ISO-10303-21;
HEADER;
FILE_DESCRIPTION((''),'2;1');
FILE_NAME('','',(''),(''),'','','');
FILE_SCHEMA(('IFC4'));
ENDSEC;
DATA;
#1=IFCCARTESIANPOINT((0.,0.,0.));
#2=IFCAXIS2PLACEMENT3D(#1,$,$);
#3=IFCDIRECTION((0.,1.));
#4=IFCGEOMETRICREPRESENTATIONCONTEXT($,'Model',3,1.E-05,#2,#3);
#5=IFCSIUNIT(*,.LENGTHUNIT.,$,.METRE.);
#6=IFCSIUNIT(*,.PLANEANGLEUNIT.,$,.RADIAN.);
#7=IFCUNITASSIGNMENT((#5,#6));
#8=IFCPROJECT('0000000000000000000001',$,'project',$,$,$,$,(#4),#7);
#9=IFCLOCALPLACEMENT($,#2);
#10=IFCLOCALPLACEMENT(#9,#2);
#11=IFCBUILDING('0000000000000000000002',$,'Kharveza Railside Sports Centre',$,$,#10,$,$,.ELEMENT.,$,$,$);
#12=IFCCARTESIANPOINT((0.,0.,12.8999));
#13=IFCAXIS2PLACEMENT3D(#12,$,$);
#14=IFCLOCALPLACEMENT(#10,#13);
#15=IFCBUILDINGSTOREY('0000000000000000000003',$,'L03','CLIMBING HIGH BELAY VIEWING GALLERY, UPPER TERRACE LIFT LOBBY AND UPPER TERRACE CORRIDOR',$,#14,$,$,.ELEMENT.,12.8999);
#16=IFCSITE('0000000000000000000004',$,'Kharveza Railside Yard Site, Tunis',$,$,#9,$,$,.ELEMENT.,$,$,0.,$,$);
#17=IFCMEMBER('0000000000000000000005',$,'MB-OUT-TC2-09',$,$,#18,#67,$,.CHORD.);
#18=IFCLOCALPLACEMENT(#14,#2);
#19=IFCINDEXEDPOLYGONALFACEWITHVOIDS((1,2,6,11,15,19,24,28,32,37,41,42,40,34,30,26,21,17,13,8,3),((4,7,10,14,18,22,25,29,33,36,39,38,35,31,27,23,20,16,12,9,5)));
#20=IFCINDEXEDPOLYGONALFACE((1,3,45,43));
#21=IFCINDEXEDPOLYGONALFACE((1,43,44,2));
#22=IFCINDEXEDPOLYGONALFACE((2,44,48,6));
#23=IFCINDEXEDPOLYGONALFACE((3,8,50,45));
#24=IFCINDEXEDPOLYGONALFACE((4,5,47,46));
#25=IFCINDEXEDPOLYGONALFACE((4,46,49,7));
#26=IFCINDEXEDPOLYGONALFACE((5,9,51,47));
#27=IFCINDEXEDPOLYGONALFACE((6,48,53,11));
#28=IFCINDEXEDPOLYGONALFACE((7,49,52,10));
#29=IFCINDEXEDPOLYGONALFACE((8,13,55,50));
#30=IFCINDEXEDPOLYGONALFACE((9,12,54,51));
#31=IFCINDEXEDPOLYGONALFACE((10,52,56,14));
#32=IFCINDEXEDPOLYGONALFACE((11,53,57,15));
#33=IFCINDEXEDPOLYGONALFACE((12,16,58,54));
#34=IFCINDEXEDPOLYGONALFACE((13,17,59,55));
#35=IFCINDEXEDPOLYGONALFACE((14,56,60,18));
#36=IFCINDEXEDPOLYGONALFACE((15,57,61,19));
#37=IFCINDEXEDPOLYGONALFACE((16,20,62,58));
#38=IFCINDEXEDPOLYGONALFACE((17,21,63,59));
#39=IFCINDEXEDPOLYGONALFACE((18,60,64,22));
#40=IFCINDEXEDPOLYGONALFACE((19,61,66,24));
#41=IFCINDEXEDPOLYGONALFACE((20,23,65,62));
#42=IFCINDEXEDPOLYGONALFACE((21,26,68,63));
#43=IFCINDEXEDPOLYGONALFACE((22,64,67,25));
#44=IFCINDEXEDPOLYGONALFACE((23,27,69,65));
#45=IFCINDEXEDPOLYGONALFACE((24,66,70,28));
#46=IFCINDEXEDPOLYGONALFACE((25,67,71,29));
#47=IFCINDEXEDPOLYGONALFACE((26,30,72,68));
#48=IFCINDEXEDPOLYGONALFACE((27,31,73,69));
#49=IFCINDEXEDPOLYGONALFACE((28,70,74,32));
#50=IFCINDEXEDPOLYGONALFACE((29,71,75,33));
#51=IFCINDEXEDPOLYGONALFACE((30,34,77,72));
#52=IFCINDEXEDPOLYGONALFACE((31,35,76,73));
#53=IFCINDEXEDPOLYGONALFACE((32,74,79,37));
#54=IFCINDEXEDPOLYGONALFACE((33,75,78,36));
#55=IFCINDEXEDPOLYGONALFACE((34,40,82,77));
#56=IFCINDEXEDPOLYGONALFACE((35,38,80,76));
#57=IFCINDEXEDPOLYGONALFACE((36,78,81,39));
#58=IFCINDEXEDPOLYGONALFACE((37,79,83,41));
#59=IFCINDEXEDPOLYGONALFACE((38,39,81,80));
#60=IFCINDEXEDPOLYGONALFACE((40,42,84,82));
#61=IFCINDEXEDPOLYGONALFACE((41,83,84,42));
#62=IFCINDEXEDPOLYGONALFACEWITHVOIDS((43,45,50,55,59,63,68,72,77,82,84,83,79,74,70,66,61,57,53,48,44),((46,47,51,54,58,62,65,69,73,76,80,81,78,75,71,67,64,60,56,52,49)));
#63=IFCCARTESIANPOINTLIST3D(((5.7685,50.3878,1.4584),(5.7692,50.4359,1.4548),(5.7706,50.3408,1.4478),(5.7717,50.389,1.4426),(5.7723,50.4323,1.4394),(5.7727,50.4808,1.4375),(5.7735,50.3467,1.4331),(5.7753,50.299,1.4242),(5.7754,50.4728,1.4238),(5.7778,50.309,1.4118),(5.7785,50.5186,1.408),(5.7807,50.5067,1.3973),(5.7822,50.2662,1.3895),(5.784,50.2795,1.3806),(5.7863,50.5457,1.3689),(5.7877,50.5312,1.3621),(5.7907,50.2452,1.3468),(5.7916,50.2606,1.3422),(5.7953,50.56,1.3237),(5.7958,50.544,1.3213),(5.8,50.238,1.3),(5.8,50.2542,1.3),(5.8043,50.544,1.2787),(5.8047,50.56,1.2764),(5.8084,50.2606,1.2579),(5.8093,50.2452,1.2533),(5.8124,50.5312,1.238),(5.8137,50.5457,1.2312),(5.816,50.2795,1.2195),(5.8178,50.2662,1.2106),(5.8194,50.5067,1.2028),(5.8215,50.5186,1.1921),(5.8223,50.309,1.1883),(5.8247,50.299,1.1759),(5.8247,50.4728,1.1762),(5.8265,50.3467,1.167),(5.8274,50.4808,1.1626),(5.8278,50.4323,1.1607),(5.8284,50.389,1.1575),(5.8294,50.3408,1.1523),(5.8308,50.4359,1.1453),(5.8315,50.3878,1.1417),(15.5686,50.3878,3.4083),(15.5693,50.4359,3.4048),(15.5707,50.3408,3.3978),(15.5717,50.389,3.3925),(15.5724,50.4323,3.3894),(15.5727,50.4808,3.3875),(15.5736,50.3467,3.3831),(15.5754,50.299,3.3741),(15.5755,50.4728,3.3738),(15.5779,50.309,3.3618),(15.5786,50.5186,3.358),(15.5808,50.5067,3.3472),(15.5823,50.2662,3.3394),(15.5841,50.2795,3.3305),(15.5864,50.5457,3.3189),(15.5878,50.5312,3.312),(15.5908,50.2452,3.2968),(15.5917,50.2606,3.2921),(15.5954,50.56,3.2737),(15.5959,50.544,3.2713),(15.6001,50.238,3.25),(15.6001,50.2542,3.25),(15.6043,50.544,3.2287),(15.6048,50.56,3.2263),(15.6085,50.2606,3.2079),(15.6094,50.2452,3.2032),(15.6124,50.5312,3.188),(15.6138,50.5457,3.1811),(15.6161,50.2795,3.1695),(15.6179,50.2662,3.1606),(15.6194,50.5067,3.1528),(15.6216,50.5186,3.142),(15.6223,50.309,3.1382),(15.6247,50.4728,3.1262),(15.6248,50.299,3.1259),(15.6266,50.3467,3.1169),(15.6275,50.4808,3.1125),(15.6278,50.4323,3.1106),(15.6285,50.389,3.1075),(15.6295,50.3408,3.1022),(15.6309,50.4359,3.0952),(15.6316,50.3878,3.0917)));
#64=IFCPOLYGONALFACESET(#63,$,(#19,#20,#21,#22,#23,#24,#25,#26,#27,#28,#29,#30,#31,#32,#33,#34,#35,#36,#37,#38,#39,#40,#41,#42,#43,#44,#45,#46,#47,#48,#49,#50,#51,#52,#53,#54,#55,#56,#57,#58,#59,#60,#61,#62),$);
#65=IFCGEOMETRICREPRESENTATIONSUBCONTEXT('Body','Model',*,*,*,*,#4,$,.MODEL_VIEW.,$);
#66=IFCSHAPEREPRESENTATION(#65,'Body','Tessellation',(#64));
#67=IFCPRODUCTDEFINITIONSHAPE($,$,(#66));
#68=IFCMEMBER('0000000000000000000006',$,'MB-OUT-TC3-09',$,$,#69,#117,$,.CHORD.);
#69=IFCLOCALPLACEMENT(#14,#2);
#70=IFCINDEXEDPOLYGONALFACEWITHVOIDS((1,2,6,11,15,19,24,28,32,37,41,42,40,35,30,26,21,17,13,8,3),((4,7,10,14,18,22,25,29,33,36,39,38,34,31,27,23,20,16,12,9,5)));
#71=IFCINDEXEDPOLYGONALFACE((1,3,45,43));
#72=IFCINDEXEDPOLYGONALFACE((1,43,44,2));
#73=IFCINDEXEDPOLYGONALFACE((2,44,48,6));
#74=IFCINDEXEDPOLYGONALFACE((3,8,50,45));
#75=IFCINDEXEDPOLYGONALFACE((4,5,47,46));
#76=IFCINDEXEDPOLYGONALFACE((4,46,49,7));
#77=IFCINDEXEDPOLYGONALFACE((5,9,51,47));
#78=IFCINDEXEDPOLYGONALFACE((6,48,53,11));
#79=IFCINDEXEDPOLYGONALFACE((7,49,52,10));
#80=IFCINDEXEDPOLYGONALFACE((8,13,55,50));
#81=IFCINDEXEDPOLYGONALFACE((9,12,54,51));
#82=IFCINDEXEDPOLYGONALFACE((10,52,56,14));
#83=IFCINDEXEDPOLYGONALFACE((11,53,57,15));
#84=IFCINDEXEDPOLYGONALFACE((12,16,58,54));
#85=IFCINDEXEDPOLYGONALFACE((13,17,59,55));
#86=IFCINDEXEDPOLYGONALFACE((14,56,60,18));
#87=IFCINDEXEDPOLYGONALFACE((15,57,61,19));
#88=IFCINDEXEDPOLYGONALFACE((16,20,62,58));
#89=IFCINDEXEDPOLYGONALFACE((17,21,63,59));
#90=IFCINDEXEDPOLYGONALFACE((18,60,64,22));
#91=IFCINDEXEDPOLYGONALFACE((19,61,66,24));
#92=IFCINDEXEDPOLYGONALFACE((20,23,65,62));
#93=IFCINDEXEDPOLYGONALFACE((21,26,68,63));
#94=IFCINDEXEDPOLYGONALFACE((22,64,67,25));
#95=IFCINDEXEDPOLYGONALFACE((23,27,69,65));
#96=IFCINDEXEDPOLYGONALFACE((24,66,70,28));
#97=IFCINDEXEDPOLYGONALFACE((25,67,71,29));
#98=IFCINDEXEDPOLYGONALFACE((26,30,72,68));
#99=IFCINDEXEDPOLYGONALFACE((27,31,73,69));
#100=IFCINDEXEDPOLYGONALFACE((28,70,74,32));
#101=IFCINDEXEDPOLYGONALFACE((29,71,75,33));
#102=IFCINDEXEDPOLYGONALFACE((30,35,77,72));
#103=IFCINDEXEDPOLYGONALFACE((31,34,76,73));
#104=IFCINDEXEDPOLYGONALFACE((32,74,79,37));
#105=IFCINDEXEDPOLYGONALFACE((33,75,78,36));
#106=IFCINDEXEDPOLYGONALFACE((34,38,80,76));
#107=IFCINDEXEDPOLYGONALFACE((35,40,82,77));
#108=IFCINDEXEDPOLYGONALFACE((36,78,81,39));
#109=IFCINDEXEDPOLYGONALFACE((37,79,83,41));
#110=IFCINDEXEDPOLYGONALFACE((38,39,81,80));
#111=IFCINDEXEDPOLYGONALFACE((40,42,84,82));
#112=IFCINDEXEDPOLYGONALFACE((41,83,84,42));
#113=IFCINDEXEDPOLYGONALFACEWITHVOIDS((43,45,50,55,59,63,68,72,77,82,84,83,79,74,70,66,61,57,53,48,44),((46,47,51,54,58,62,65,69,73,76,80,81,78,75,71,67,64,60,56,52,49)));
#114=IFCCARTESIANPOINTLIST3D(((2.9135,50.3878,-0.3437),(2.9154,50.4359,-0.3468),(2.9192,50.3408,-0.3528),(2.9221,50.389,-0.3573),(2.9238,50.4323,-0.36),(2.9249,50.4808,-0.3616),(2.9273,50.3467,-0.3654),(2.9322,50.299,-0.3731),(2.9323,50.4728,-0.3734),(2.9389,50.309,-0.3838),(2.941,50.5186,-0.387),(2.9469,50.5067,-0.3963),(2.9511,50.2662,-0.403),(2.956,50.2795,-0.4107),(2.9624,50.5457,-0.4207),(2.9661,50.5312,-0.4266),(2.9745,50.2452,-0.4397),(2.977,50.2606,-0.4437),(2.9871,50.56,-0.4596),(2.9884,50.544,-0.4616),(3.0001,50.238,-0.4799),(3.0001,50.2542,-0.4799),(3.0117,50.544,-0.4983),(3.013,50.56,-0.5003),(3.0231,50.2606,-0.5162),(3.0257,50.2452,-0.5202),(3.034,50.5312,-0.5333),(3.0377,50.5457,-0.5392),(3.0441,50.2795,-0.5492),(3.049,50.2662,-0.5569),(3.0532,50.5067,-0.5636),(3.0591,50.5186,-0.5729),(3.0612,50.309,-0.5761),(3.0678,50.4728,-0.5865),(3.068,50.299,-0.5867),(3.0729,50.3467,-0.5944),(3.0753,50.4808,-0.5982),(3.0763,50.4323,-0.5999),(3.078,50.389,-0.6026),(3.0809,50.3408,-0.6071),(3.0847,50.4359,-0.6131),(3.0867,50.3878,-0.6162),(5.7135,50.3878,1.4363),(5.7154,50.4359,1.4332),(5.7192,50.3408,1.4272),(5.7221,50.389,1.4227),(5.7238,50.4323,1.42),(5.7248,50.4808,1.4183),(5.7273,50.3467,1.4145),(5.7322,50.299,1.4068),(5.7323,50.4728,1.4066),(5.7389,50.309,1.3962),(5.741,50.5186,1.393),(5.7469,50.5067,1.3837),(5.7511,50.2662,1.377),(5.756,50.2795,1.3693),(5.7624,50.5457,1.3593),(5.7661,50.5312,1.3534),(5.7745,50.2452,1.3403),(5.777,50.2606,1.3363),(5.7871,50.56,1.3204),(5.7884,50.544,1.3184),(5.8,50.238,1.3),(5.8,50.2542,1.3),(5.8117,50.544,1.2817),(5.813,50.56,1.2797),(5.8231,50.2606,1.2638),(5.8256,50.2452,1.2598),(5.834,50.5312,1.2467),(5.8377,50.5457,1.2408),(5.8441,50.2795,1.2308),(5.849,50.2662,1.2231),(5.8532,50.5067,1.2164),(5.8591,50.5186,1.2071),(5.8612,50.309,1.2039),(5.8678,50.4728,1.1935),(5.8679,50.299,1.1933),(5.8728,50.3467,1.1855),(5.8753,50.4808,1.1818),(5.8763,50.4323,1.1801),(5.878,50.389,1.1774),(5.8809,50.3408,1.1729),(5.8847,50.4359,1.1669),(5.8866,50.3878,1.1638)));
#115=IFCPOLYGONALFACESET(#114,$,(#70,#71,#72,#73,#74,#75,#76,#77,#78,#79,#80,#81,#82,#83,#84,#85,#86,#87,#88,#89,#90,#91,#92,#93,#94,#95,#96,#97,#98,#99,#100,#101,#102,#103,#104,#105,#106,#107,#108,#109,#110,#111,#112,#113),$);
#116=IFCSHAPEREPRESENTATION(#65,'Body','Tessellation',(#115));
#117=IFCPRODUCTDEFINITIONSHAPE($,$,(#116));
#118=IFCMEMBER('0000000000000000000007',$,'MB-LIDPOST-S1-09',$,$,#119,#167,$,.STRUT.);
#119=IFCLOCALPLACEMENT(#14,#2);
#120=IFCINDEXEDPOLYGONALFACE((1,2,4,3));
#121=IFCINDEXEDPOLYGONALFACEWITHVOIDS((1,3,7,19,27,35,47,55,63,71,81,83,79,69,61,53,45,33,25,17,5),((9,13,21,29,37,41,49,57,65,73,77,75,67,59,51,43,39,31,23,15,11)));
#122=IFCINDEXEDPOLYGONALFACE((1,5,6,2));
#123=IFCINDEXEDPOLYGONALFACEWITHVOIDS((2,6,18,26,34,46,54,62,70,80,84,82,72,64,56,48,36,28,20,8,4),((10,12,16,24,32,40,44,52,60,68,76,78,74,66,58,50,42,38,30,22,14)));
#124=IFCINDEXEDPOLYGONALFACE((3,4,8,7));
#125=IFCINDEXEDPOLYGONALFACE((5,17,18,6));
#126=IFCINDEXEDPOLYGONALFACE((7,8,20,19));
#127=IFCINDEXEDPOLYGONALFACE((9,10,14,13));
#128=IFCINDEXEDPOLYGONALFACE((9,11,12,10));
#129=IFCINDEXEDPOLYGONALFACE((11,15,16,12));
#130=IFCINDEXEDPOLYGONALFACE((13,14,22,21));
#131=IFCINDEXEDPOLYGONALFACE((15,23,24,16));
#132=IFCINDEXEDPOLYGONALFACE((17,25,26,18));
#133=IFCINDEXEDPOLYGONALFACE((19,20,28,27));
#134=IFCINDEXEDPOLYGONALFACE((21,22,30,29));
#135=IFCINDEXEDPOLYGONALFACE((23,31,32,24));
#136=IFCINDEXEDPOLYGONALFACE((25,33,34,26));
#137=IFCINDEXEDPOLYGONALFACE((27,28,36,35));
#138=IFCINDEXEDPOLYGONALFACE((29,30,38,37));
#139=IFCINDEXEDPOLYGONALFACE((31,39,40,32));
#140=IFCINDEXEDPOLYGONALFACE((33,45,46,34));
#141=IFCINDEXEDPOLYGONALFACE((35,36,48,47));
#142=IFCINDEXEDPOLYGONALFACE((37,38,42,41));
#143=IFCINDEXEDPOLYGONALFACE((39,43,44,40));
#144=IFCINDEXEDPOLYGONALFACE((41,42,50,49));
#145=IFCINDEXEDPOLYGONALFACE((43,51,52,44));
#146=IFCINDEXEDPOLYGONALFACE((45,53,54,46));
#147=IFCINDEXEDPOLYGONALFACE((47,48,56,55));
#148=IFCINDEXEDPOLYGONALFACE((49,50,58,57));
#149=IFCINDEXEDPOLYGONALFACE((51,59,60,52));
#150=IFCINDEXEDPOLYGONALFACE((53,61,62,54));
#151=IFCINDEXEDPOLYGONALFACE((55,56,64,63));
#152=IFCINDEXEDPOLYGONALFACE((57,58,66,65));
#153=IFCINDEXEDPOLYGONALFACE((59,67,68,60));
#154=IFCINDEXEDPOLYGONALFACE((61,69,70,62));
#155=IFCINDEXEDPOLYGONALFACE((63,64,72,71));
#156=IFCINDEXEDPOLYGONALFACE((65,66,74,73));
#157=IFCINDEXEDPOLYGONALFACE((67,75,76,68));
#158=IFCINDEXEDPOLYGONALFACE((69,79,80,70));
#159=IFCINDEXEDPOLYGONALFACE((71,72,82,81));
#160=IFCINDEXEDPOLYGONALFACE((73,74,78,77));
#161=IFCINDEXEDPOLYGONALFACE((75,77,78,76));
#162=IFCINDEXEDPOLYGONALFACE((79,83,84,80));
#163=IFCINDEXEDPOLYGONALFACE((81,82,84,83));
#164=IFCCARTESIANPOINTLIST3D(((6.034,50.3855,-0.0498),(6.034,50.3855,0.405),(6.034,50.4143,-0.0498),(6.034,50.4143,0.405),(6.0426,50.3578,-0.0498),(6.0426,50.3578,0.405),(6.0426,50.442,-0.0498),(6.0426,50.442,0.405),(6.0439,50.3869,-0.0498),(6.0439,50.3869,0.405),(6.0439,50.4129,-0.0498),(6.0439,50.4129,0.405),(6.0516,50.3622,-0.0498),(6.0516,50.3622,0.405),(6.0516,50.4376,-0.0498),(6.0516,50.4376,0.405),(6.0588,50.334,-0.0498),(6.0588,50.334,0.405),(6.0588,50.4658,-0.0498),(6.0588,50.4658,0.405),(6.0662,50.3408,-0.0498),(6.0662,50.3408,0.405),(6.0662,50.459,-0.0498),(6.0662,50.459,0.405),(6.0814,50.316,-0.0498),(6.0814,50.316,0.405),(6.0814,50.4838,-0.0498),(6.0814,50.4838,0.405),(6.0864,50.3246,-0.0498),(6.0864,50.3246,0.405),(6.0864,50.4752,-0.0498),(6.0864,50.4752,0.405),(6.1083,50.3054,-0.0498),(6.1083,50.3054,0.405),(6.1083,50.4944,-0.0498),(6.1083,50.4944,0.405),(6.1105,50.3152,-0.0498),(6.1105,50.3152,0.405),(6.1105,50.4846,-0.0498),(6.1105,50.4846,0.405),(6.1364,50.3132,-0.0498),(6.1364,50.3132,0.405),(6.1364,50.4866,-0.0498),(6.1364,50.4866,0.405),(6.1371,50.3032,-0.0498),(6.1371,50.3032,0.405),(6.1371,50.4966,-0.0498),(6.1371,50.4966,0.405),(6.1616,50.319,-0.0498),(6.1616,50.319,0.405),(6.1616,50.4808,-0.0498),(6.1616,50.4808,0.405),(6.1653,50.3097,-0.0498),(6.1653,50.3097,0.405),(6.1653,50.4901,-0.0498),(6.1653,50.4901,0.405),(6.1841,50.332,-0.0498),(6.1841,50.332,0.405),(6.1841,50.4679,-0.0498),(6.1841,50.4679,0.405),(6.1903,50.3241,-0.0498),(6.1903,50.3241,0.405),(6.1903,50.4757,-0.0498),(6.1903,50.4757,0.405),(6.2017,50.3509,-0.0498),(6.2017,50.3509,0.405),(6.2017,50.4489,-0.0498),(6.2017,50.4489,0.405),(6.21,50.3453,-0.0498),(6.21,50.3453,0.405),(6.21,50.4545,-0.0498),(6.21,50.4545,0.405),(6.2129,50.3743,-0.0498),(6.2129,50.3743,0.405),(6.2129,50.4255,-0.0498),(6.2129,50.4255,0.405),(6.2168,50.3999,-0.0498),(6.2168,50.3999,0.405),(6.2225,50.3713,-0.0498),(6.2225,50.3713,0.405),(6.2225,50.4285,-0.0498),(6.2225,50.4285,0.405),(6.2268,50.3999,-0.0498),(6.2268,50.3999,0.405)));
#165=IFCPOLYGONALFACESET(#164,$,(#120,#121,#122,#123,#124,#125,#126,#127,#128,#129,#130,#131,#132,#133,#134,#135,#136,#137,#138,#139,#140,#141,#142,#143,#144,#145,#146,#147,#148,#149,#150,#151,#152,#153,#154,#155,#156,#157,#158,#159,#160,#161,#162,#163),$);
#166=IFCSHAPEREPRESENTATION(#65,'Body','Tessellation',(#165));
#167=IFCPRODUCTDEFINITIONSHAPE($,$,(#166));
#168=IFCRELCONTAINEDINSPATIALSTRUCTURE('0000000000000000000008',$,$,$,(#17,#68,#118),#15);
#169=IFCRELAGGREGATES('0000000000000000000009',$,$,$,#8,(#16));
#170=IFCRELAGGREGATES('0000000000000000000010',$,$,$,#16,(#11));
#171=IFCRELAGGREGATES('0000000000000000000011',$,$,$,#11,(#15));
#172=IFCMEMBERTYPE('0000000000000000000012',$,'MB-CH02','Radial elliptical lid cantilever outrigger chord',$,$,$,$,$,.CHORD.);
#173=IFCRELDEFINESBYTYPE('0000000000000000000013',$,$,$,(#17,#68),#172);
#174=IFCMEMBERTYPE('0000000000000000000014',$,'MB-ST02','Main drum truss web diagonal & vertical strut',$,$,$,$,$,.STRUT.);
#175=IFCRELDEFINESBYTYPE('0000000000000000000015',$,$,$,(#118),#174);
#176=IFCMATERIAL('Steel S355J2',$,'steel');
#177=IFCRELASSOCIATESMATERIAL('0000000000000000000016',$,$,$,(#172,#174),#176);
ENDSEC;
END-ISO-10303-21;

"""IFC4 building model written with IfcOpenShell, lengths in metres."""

from ifc_helpers import new_model, si_unit, direction, frame, origin, origin_2d, place, context, subcontext, project, spatial, hollow_circle, extrude, material, material_profile, profile_set, type_object, element, save


model = new_model("IFC4")

# Units and contexts
model_context = context("Model", 3, precision=1e-05, world=origin(), true_north=direction((0.0, 1.0)))
body_context = subcontext(model_context, "Body", "Model", "MODEL_VIEW")
ifc_project = project(units=[si_unit("LENGTHUNIT", "METRE"), si_unit("PLANEANGLEUNIT", "RADIAN")], contexts=[model_context])

# Site, building, storey
site_placement = place(None, origin())
site = spatial("IfcSite", under=ifc_project, at=site_placement, Name="Kharveza Railside Yard Site, Tunis", CompositionType="ELEMENT", RefElevation=0.0)
building_placement = place(site_placement, origin())
building = spatial("IfcBuilding", under=site, at=building_placement, Name="Kharveza Railside Sports Centre", CompositionType="ELEMENT")
storey_placement = place(building_placement, frame((0.0, 0.0, 12.8999)))
storey = spatial("IfcBuildingStorey", under=building, at=storey_placement, Name="L03", Description="CLIMBING HIGH BELAY VIEWING GALLERY, UPPER TERRACE LIFT LOBBY AND UPPER TERRACE CORRIDOR", CompositionType="ELEMENT", Elevation=12.8999)

# Shared definitions
ifc_material_1 = material(Name="Steel S355J2", Category="steel")

# Members
ifc_material_profile_1 = material_profile(ifc_material_1, hollow_circle(Radius=0.1619, WallThickness=0.0161, at=origin_2d()), Name="CHS 323.9x16.0")
ifc_profile_set_1 = profile_set([ifc_material_profile_1], Name="Steel S355J2")
member_type_1 = type_object("IfcMemberType", Name="MB-CH02", Description="Radial elliptical lid cantilever outrigger chord", PredefinedType="CHORD", material=ifc_profile_set_1)
member_1_placement = place(storey_placement, frame((15.6001, 50.3999, 3.25), z_axis=(-0.980774, 0.0, -0.195148), x_axis=(0.0, -1.0, 0.0)))
element("IfcMember", 1, at=member_1_placement, inside=storey, type_object=member_type_1, Name="MB-OUT-TC2-09", PredefinedType="CHORD", context=body_context, shape_type="SweptSolid", body=[
    extrude(hollow_circle(Radius=0.1619, WallThickness=0.0161, at=origin_2d()), origin(), (0.0, 0.0, 1.0), 9.9922),
])
member_2_placement = place(storey_placement, frame((5.8, 50.3999, 1.3), z_axis=(-0.84391, 0.0, -0.536485), x_axis=(0.0, -1.0, 0.0)))
element("IfcMember", 2, at=member_2_placement, inside=storey, type_object=member_type_1, Name="MB-OUT-TC3-09", PredefinedType="CHORD", context=body_context, shape_type="SweptSolid", body=[
    extrude(hollow_circle(Radius=0.1619, WallThickness=0.0161, at=origin_2d()), origin(), (0.0, 0.0, 1.0), 3.3179),
])
ifc_material_profile_2 = material_profile(ifc_material_1, hollow_circle(Radius=0.0969, WallThickness=0.01, at=origin_2d()), Name="CHS 193.7x10.0")
ifc_profile_set_2 = profile_set([ifc_material_profile_2], Name="Steel S355J2")
member_type_2 = type_object("IfcMemberType", Name="MB-ST02", Description="Main drum truss web diagonal & vertical strut", PredefinedType="STRUT", material=ifc_profile_set_2)
for number, where, z_axis, x_axis, name in (
    (3, (6.1299, 50.3999, -0.0498), (0.0, 0.0, 1.0), (1.0, 0.0, 0.0), "MB-LIDPOST-S1-09"),
):
    element("IfcMember", number, at=place(storey_placement, frame(where, z_axis=z_axis, x_axis=x_axis)), inside=storey, type_object=member_type_2, Name=name, PredefinedType="STRUT", context=body_context, shape_type="SweptSolid", body=[
        extrude(hollow_circle(Radius=0.0969, WallThickness=0.01, at=origin_2d()), origin(), (0.0, 0.0, 1.0), 0.4548),
    ])

save(model, "model.ifc")
